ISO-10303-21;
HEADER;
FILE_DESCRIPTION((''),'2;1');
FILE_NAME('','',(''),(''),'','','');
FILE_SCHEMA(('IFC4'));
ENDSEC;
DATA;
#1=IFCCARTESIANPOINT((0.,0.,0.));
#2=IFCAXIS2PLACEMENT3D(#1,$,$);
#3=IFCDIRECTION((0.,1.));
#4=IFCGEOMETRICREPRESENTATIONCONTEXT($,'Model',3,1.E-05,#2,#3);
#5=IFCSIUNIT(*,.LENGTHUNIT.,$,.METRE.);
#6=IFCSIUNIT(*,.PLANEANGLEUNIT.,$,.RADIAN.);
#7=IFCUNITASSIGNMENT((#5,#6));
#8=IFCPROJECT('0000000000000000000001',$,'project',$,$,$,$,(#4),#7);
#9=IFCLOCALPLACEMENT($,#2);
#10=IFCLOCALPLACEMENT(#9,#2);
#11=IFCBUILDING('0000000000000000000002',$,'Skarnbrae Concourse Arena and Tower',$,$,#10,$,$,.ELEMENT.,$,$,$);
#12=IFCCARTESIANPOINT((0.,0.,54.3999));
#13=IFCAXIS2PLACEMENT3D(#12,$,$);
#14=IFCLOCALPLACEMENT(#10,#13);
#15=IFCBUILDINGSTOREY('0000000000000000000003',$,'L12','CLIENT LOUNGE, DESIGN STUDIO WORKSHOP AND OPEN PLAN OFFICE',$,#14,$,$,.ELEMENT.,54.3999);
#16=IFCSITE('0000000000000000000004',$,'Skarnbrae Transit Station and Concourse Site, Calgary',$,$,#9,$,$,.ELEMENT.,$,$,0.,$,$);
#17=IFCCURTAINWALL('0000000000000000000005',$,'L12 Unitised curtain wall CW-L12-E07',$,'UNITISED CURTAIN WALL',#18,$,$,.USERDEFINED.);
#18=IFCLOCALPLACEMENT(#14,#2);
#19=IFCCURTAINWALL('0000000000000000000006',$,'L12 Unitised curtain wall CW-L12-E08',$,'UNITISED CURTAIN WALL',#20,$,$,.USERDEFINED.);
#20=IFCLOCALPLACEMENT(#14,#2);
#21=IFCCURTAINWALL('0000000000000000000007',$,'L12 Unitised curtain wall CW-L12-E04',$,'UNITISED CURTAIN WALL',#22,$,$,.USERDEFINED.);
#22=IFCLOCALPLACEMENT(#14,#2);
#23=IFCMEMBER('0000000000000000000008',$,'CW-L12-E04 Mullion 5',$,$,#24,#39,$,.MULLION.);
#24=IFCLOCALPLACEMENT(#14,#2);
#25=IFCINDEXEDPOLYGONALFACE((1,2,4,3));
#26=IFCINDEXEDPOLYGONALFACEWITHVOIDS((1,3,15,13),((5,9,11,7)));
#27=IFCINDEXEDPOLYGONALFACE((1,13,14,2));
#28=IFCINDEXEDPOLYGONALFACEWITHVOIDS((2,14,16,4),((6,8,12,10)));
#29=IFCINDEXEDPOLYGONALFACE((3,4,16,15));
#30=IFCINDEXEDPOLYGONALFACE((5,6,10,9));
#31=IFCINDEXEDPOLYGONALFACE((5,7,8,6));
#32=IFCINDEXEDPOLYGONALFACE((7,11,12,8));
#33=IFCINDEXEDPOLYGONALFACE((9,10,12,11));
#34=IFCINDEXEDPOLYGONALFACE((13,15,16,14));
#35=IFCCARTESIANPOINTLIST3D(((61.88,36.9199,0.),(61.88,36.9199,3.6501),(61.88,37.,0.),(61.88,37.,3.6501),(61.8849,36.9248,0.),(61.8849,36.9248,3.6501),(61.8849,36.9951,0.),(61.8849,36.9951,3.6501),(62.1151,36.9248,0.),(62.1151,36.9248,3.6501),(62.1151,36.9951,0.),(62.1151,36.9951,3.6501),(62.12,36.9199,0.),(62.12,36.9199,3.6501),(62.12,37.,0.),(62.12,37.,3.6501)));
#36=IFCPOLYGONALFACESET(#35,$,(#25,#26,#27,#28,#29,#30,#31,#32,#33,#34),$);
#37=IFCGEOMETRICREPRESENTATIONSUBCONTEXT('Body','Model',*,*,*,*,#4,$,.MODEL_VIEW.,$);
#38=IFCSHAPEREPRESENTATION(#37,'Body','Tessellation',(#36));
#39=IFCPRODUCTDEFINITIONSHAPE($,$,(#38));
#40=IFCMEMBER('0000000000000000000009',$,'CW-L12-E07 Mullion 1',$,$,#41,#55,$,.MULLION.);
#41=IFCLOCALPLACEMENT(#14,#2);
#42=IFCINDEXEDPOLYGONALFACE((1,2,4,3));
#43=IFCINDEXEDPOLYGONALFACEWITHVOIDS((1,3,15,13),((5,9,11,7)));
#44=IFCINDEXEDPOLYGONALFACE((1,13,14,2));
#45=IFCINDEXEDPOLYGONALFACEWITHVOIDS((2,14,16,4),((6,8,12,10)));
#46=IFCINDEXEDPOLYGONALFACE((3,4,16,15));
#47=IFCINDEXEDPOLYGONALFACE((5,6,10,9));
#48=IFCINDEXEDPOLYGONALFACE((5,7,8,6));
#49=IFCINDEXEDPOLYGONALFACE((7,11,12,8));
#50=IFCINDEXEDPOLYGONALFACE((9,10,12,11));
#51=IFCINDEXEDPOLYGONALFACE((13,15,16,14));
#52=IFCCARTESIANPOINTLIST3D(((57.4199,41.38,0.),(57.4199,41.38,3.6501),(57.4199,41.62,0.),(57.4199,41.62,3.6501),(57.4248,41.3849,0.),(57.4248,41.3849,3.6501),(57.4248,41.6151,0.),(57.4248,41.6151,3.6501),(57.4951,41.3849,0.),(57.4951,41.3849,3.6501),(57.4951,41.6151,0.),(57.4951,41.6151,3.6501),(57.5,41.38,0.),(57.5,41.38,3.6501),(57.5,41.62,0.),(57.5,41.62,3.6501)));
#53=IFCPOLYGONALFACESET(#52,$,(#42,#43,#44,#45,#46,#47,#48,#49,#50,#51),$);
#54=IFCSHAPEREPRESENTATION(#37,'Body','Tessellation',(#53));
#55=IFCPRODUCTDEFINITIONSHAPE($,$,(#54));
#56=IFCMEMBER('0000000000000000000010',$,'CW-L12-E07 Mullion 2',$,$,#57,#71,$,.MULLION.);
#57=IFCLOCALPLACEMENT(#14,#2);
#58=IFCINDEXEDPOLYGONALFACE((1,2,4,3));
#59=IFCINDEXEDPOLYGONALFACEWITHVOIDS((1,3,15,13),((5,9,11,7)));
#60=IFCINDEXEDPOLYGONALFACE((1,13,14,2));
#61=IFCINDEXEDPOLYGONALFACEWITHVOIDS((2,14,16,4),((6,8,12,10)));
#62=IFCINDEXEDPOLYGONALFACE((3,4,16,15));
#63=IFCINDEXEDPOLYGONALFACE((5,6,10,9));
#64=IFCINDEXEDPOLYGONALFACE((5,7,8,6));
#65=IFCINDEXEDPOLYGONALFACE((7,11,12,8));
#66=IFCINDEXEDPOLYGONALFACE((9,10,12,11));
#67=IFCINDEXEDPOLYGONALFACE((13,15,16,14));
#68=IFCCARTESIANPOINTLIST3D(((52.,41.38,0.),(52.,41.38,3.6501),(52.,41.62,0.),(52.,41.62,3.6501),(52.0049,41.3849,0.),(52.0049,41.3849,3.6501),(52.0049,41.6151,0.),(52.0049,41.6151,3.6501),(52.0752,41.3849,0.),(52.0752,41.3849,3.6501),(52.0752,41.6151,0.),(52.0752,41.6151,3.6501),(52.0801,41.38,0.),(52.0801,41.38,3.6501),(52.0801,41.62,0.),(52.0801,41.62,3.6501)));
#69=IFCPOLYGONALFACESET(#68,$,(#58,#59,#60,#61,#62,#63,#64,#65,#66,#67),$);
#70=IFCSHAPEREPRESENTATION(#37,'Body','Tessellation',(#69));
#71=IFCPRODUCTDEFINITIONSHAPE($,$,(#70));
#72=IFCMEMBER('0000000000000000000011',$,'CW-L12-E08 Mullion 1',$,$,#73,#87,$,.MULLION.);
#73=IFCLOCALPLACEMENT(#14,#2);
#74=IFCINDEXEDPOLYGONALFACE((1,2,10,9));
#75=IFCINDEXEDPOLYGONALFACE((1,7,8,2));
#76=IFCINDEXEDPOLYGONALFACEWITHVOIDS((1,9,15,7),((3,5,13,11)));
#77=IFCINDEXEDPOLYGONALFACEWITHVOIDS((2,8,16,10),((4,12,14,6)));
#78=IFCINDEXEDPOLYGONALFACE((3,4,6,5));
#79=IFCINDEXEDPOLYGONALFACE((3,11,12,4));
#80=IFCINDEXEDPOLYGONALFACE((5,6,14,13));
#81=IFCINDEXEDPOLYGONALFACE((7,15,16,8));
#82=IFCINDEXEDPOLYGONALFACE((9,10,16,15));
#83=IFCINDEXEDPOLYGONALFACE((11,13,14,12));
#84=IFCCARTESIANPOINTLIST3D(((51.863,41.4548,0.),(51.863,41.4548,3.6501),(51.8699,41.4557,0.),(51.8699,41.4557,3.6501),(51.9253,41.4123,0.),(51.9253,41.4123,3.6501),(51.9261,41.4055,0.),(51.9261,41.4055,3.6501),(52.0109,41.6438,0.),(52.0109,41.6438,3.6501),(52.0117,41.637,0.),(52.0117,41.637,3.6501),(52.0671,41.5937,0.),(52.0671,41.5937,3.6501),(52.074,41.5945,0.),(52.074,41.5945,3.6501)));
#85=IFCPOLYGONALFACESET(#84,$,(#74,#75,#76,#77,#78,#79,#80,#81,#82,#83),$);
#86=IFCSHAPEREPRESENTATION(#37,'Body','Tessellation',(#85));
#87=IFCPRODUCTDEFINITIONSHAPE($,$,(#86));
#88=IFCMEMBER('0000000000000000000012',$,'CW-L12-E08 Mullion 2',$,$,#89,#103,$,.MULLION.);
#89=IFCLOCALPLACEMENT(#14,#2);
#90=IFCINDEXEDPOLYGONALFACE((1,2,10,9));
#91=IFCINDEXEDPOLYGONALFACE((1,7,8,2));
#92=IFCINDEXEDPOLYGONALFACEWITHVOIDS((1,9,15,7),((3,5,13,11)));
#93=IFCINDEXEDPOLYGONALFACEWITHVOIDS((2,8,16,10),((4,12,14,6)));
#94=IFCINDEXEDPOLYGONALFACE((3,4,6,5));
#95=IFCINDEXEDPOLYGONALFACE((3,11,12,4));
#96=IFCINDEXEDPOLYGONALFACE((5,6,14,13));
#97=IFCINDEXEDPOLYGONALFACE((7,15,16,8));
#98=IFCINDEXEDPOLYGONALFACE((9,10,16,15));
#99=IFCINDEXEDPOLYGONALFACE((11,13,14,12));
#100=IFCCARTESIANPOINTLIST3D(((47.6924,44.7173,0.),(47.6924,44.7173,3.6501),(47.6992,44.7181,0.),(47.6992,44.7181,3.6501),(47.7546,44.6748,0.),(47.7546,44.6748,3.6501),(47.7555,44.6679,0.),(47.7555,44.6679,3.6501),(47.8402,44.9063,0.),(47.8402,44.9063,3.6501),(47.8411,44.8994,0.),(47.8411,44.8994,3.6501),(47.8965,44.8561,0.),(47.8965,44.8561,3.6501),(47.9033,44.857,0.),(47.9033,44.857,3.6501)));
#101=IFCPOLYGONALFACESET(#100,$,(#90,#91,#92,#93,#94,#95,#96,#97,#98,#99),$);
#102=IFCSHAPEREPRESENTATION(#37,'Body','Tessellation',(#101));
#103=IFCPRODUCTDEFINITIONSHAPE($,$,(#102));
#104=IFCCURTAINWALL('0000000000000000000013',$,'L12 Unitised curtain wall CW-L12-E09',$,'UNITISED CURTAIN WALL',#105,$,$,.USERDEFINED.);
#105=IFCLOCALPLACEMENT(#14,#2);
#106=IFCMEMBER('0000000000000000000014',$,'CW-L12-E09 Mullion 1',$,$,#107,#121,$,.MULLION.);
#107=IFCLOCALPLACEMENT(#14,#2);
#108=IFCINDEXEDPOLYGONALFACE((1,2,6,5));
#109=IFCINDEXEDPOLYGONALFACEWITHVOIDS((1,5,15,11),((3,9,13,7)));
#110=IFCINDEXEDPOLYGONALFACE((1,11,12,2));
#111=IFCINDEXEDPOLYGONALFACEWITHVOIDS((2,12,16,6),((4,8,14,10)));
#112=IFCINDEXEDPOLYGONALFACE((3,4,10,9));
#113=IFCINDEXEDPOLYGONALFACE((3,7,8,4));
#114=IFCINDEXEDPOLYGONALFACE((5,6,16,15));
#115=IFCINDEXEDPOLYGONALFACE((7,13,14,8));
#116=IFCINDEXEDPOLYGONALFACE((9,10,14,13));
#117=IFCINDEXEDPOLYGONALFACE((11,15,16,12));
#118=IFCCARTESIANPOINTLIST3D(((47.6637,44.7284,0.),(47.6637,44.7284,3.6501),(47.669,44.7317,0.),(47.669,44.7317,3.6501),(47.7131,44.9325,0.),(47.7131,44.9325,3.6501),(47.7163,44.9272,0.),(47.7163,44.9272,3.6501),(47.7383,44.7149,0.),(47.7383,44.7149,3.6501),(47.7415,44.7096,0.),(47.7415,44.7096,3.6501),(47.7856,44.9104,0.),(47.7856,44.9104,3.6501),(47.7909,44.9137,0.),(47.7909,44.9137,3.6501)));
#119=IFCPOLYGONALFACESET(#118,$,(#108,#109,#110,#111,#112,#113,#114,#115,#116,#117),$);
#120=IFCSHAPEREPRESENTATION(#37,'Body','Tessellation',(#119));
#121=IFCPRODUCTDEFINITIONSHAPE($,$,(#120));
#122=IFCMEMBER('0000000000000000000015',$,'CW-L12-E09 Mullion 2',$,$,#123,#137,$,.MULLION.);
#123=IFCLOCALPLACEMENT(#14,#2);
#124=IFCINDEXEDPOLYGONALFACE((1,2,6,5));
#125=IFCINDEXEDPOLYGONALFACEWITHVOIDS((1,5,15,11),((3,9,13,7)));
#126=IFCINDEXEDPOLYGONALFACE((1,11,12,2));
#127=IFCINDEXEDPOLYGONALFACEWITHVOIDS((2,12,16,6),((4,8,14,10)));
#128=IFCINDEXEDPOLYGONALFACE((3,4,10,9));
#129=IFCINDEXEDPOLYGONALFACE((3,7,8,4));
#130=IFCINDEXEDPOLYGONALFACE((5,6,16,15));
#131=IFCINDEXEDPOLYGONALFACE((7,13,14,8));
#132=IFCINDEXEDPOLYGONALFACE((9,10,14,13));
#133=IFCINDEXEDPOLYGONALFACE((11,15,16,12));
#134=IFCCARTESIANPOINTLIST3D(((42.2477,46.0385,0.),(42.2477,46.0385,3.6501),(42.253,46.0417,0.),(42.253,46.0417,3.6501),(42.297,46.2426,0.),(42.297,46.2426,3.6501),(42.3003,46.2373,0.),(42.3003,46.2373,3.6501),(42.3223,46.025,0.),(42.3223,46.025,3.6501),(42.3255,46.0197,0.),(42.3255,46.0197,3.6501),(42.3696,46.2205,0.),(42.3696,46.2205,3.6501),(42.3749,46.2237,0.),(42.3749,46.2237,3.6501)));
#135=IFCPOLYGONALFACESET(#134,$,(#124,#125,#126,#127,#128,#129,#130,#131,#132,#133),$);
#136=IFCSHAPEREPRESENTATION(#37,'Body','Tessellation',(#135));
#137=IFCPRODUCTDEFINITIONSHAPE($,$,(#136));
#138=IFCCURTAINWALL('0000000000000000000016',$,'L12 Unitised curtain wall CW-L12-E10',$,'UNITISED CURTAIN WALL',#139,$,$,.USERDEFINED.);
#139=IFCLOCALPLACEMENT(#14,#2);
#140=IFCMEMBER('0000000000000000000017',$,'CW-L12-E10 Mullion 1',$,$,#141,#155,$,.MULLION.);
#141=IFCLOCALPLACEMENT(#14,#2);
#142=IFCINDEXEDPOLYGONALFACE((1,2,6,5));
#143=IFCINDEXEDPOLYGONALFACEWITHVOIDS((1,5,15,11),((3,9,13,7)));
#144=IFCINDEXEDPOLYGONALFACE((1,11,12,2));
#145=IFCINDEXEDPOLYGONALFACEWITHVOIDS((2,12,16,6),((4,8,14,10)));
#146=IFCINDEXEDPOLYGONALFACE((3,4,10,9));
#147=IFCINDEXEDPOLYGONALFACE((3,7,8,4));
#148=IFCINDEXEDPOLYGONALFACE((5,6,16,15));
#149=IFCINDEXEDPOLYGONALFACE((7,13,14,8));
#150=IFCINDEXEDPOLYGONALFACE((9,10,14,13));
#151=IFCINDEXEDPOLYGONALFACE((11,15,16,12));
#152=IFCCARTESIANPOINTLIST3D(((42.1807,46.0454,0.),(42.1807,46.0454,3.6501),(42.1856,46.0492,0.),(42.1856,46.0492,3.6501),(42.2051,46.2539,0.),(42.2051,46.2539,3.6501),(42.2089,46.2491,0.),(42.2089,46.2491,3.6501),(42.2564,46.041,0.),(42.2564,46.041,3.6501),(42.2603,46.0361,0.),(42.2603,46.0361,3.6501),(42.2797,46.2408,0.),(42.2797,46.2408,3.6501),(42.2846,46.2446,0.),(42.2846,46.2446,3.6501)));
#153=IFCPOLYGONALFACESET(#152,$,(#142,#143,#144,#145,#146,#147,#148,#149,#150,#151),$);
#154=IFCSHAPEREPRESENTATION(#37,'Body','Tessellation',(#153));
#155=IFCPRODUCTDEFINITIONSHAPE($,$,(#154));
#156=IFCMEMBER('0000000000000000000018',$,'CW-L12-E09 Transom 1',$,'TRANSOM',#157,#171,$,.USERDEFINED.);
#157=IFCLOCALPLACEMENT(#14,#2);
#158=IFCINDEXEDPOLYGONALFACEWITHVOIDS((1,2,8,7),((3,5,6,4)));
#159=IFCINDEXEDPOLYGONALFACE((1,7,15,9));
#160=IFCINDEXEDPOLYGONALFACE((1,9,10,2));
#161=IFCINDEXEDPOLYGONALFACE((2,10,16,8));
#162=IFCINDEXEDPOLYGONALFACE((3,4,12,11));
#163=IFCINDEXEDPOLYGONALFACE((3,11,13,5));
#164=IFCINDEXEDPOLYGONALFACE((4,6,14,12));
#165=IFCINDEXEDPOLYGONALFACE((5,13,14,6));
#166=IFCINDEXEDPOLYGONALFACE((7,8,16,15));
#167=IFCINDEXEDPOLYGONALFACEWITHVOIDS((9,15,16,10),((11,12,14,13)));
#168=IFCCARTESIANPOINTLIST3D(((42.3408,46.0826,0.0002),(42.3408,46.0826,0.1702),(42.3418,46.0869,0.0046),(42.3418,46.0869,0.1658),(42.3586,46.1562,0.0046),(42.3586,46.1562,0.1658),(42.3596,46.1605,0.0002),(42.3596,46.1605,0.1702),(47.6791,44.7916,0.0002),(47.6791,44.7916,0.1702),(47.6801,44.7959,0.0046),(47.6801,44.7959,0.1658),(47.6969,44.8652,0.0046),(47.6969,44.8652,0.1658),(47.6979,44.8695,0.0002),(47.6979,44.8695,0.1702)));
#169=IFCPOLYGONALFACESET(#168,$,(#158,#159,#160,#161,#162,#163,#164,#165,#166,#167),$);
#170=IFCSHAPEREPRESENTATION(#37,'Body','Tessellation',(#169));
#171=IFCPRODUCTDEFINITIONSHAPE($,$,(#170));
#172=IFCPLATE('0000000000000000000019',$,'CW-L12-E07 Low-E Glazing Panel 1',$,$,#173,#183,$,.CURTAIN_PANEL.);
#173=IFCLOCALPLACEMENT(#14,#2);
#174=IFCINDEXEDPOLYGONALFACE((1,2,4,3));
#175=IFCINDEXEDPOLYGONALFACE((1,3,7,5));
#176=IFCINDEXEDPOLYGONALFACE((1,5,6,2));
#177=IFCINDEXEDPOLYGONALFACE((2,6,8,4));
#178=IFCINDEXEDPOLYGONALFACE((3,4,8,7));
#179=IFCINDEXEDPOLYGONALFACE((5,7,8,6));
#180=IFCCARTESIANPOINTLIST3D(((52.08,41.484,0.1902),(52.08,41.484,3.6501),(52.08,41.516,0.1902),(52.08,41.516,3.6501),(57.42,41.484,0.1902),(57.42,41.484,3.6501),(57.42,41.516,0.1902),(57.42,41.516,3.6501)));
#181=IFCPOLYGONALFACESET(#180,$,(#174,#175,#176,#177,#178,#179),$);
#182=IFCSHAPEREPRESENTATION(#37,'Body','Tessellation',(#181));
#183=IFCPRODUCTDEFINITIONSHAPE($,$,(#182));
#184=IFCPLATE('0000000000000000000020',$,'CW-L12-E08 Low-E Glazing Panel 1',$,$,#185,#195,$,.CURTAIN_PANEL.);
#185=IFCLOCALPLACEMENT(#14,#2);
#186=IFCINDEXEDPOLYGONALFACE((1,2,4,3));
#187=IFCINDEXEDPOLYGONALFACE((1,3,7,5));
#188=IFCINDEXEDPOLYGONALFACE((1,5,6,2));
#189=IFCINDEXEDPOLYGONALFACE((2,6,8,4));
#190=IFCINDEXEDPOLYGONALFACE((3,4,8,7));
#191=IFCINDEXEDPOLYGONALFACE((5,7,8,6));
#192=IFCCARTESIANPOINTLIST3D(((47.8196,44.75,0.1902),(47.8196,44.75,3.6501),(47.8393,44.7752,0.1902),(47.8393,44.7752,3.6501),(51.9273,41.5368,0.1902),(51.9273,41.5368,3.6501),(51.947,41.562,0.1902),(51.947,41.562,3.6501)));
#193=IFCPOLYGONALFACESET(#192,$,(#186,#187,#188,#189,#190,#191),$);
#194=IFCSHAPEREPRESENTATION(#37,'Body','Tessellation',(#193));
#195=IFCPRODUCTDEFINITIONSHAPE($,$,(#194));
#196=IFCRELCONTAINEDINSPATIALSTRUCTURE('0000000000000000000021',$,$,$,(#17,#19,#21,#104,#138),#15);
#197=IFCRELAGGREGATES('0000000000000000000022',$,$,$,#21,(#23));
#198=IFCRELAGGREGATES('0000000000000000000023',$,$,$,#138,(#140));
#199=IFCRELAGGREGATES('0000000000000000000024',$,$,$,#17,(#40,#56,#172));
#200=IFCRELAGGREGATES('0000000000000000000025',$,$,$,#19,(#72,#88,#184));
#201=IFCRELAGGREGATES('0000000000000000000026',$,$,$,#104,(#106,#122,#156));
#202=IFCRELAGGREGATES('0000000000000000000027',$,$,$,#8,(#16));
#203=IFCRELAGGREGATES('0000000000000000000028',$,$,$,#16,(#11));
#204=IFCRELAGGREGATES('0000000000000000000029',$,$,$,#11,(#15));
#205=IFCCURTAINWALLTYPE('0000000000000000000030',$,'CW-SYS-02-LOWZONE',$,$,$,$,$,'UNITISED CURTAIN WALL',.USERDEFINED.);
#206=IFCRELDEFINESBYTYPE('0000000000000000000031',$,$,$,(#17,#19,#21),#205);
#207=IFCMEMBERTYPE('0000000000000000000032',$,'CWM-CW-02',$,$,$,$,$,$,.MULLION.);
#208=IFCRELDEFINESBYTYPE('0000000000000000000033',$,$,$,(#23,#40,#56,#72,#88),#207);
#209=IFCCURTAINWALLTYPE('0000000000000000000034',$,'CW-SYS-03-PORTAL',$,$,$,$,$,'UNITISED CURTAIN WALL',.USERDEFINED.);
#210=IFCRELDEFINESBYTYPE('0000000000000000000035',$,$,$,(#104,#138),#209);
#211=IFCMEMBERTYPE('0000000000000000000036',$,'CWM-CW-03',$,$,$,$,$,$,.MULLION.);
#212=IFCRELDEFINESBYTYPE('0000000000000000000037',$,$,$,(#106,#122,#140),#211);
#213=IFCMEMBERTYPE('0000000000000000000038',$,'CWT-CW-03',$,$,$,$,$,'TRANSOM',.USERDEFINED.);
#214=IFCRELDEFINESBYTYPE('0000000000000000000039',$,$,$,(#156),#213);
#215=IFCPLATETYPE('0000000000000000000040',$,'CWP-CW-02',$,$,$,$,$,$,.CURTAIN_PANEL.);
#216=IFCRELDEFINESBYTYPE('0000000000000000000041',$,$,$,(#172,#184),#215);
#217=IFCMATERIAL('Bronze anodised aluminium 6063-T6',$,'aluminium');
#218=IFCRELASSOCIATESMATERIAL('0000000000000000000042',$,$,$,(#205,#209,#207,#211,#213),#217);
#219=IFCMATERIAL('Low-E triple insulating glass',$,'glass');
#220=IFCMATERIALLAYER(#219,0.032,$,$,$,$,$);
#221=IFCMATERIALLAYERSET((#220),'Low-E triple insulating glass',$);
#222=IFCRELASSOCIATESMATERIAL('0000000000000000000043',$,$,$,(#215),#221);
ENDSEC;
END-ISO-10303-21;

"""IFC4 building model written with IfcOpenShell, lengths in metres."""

from ifc_helpers import new_model, si_unit, direction, frame, origin, origin_2d, place, context, subcontext, project, spatial, rectangle, hollow_rectangle, extrude, source, transform, mapped, material, layer, layer_set, material_profile, profile_set, type_object, element, aggregate, save


model = new_model("IFC4")

# Units and contexts
model_context = context("Model", 3, precision=1e-05, world=origin(), true_north=direction((0.0, 1.0)))
body_context = subcontext(model_context, "Body", "Model", "MODEL_VIEW")
ifc_project = project(units=[si_unit("LENGTHUNIT", "METRE"), si_unit("PLANEANGLEUNIT", "RADIAN")], contexts=[model_context])

# Site, building, storey
site_placement = place(None, origin())
site = spatial("IfcSite", under=ifc_project, at=site_placement, Name="Skarnbrae Transit Station and Concourse Site, Calgary", CompositionType="ELEMENT", RefElevation=0.0)
building_placement = place(site_placement, origin())
building = spatial("IfcBuilding", under=site, at=building_placement, Name="Skarnbrae Concourse Arena and Tower", CompositionType="ELEMENT")
storey_placement = place(building_placement, frame((0.0, 0.0, 54.3999)))
storey = spatial("IfcBuildingStorey", under=building, at=storey_placement, Name="L12", Description="CLIENT LOUNGE, DESIGN STUDIO WORKSHOP AND OPEN PLAN OFFICE", CompositionType="ELEMENT", Elevation=54.3999)

# Curtain walls, member
ifc_material_1 = material(Name="Bronze anodised aluminium 6063-T6", Category="aluminium")
curtain_wall_type_1 = type_object("IfcCurtainWallType", Name="CW-SYS-02-LOWZONE", ElementType="UNITISED CURTAIN WALL", PredefinedType="USERDEFINED", material=ifc_material_1)
curtain_wall_1_placement = place(storey_placement, origin())
curtain_wall_1 = element("IfcCurtainWall", 1, at=curtain_wall_1_placement, inside=storey, type_object=curtain_wall_type_1, Name="L12 Unitised curtain wall CW-L12-E07", ObjectType="UNITISED CURTAIN WALL", PredefinedType="USERDEFINED")
curtain_wall_2_placement = place(storey_placement, origin())
curtain_wall_2 = element("IfcCurtainWall", 2, at=curtain_wall_2_placement, inside=storey, type_object=curtain_wall_type_1, Name="L12 Unitised curtain wall CW-L12-E08", ObjectType="UNITISED CURTAIN WALL", PredefinedType="USERDEFINED")
curtain_wall_3_placement = place(storey_placement, origin())
curtain_wall_3 = element("IfcCurtainWall", 3, at=curtain_wall_3_placement, inside=storey, type_object=curtain_wall_type_1, Name="L12 Unitised curtain wall CW-L12-E04", ObjectType="UNITISED CURTAIN WALL", PredefinedType="USERDEFINED")
ifc_material_profile_1 = material_profile(ifc_material_1, hollow_rectangle(XDim=0.0801, YDim=0.24, WallThickness=0.0049, at=origin_2d()), Name="ALU-MULL-80X240")
ifc_profile_set_1 = profile_set([ifc_material_profile_1], Name="Bronze anodised aluminium 6063-T6")
member_type_1 = type_object("IfcMemberType", Name="CWM-CW-02", PredefinedType="MULLION", material=ifc_profile_set_1)
shared_shape_1 = source(origin(), body_context, "Body", "SweptSolid", [
    extrude(hollow_rectangle(XDim=0.0801, YDim=0.24, WallThickness=0.0049, at=origin_2d()), origin(), (0.0, 0.0, 1.0), 3.6501),
])
member_1_placement = place(storey_placement, frame((62.0, 36.96, 0.0), z_axis=(0.0, 0.0, 1.0), x_axis=(0.0, 1.0, 0.0)))
member_1 = element("IfcMember", 4, at=member_1_placement, type_object=member_type_1, Name="CW-L12-E04 Mullion 5", PredefinedType="MULLION", context=body_context, shape_type="MappedRepresentation", body=[
    mapped(shared_shape_1, transform((0.0, 0.0, 0.0))),
])
aggregate(curtain_wall_3, [member_1])

# Members
member_2_placement = place(storey_placement, frame((57.46, 41.5, 0.0), z_axis=(0.0, 0.0, 1.0), x_axis=(-1.0, 0.0, 0.0)))
member_2 = element("IfcMember", 5, at=member_2_placement, type_object=member_type_1, Name="CW-L12-E07 Mullion 1", PredefinedType="MULLION", context=body_context, shape_type="MappedRepresentation", body=[
    mapped(shared_shape_1, transform((0.0, 0.0, 0.0))),
])
member_3_placement = place(storey_placement, frame((52.04, 41.5, 0.0), z_axis=(0.0, 0.0, 1.0), x_axis=(-1.0, 0.0, 0.0)))
member_3 = element("IfcMember", 6, at=member_3_placement, type_object=member_type_1, Name="CW-L12-E07 Mullion 2", PredefinedType="MULLION", context=body_context, shape_type="MappedRepresentation", body=[
    mapped(shared_shape_1, transform((0.0, 0.0, 0.0))),
])
member_4_placement = place(storey_placement, frame((51.9685, 41.5247, 0.0), z_axis=(0.0, 0.0, 1.0), x_axis=(-0.787652, 0.616121, 0.0)))
member_4 = element("IfcMember", 7, at=member_4_placement, type_object=member_type_1, Name="CW-L12-E08 Mullion 1", PredefinedType="MULLION", context=body_context, shape_type="MappedRepresentation", body=[
    mapped(shared_shape_1, transform((0.0, 0.0, 0.0))),
])
member_5_placement = place(storey_placement, frame((47.7979, 44.7871, 0.0), z_axis=(0.0, 0.0, 1.0), x_axis=(-0.787652, 0.616121, 0.0)))
member_5 = element("IfcMember", 8, at=member_5_placement, type_object=member_type_1, Name="CW-L12-E08 Mullion 2", PredefinedType="MULLION", context=body_context, shape_type="MappedRepresentation", body=[
    mapped(shared_shape_1, transform((0.0, 0.0, 0.0))),
])

# Curtain wall, members
curtain_wall_type_2 = type_object("IfcCurtainWallType", Name="CW-SYS-03-PORTAL", ElementType="UNITISED CURTAIN WALL", PredefinedType="USERDEFINED", material=ifc_material_1)
curtain_wall_4_placement = place(storey_placement, origin())
curtain_wall_4 = element("IfcCurtainWall", 9, at=curtain_wall_4_placement, inside=storey, type_object=curtain_wall_type_2, Name="L12 Unitised curtain wall CW-L12-E09", ObjectType="UNITISED CURTAIN WALL", PredefinedType="USERDEFINED")
ifc_material_profile_2 = material_profile(ifc_material_1, hollow_rectangle(XDim=0.0801, YDim=0.21, WallThickness=0.0044, at=origin_2d()), Name="ALU-MULL-80X210")
ifc_profile_set_2 = profile_set([ifc_material_profile_2], Name="Bronze anodised aluminium 6063-T6")
member_type_2 = type_object("IfcMemberType", Name="CWM-CW-03", PredefinedType="MULLION", material=ifc_profile_set_2)
shared_shape_2 = source(origin(), body_context, "Body", "SweptSolid", [
    extrude(hollow_rectangle(XDim=0.0801, YDim=0.21, WallThickness=0.0044, at=origin_2d()), origin(), (0.0, 0.0, 1.0), 3.6501),
])
member_6_placement = place(storey_placement, frame((47.7273, 44.821, 0.0), z_axis=(0.0, 0.0, 1.0), x_axis=(-0.971974, 0.23509, 0.0)))
member_6 = element("IfcMember", 10, at=member_6_placement, type_object=member_type_2, Name="CW-L12-E09 Mullion 1", PredefinedType="MULLION", context=body_context, shape_type="MappedRepresentation", body=[
    mapped(shared_shape_2, transform((0.0, 0.0, 0.0))),
])
member_7_placement = place(storey_placement, frame((42.3113, 46.1311, 0.0), z_axis=(0.0, 0.0, 1.0), x_axis=(-0.971974, 0.23509, 0.0)))
member_7 = element("IfcMember", 11, at=member_7_placement, type_object=member_type_2, Name="CW-L12-E09 Mullion 2", PredefinedType="MULLION", context=body_context, shape_type="MappedRepresentation", body=[
    mapped(shared_shape_2, transform((0.0, 0.0, 0.0))),
])

# Curtain wall, member
curtain_wall_5_placement = place(storey_placement, origin())
curtain_wall_5 = element("IfcCurtainWall", 12, at=curtain_wall_5_placement, inside=storey, type_object=curtain_wall_type_2, Name="L12 Unitised curtain wall CW-L12-E10", ObjectType="UNITISED CURTAIN WALL", PredefinedType="USERDEFINED")
member_8_placement = place(storey_placement, frame((42.2327, 46.145, 0.0), z_axis=(0.0, 0.0, 1.0), x_axis=(-0.993245, 0.11604, 0.0)))
member_8 = element("IfcMember", 13, at=member_8_placement, type_object=member_type_2, Name="CW-L12-E10 Mullion 1", PredefinedType="MULLION", context=body_context, shape_type="MappedRepresentation", body=[
    mapped(shared_shape_2, transform((0.0, 0.0, 0.0))),
])
aggregate(curtain_wall_5, [member_8])

# Member
ifc_material_profile_3 = material_profile(ifc_material_1, hollow_rectangle(XDim=0.0801, YDim=0.1699, WallThickness=0.0044, at=origin_2d()), Name="ALU-TRAN-80X170")
ifc_profile_set_3 = profile_set([ifc_material_profile_3], Name="Bronze anodised aluminium 6063-T6")
member_type_3 = type_object("IfcMemberType", Name="CWT-CW-03", ElementType="TRANSOM", PredefinedType="USERDEFINED", material=ifc_profile_set_3)
shared_shape_3 = source(origin(), body_context, "Body", "SweptSolid", [
    extrude(hollow_rectangle(XDim=0.0801, YDim=0.1699, WallThickness=0.0044, at=origin_2d()), origin(), (0.0, 0.0, 1.0), 5.4922),
])
member_9_placement = place(storey_placement, frame((47.6885, 44.8306, 0.0852), z_axis=(-0.971981, 0.235061, 0.0), x_axis=(-0.235061, -0.971981, 0.0)))
member_9 = element("IfcMember", 14, at=member_9_placement, type_object=member_type_3, Name="CW-L12-E09 Transom 1", ObjectType="TRANSOM", PredefinedType="USERDEFINED", context=body_context, shape_type="MappedRepresentation", body=[
    mapped(shared_shape_3, transform((0.0, 0.0, 0.0))),
])

# Plates
ifc_material_2 = material(Name="Low-E triple insulating glass", Category="glass")
ifc_layer_1 = layer(ifc_material_2, 0.032)
ifc_layer_set_1 = layer_set([ifc_layer_1], Name="Low-E triple insulating glass")
plate_type_1 = type_object("IfcPlateType", Name="CWP-CW-02", PredefinedType="CURTAIN_PANEL", material=ifc_layer_set_1)
shared_shape_4 = source(origin(), body_context, "Body", "SweptSolid", [
    extrude(rectangle(XDim=5.3401, YDim=0.032, at=origin_2d()), origin(), (0.0, 0.0, 1.0), 3.46),
])
plate_1_placement = place(storey_placement, frame((54.75, 41.5, 0.1902), z_axis=(0.0, 0.0, 1.0), x_axis=(-1.0, 0.0, 0.0)))
plate_1 = element("IfcPlate", 15, at=plate_1_placement, type_object=plate_type_1, Name="CW-L12-E07 Low-E Glazing Panel 1", PredefinedType="CURTAIN_PANEL", context=body_context, shape_type="MappedRepresentation", body=[
    mapped(shared_shape_4, transform((0.0, 0.0, 0.0))),
])
aggregate(curtain_wall_1, [member_2, member_3, plate_1])
shared_shape_5 = source(origin(), body_context, "Body", "SweptSolid", [
    extrude(rectangle(XDim=5.2151, YDim=0.032, at=origin_2d()), origin(), (0.0, 0.0, 1.0), 3.46),
])
plate_2_placement = place(storey_placement, frame((49.8833, 43.156, 0.1902), z_axis=(0.0, 0.0, 1.0), x_axis=(-0.787652, 0.616121, 0.0)))
plate_2 = element("IfcPlate", 16, at=plate_2_placement, type_object=plate_type_1, Name="CW-L12-E08 Low-E Glazing Panel 1", PredefinedType="CURTAIN_PANEL", context=body_context, shape_type="MappedRepresentation", body=[
    mapped(shared_shape_5, transform((0.0, 0.0, 0.0))),
])
aggregate(curtain_wall_2, [member_4, member_5, plate_2])
aggregate(curtain_wall_4, [member_6, member_7, member_9])

save(model, "model.ifc")
